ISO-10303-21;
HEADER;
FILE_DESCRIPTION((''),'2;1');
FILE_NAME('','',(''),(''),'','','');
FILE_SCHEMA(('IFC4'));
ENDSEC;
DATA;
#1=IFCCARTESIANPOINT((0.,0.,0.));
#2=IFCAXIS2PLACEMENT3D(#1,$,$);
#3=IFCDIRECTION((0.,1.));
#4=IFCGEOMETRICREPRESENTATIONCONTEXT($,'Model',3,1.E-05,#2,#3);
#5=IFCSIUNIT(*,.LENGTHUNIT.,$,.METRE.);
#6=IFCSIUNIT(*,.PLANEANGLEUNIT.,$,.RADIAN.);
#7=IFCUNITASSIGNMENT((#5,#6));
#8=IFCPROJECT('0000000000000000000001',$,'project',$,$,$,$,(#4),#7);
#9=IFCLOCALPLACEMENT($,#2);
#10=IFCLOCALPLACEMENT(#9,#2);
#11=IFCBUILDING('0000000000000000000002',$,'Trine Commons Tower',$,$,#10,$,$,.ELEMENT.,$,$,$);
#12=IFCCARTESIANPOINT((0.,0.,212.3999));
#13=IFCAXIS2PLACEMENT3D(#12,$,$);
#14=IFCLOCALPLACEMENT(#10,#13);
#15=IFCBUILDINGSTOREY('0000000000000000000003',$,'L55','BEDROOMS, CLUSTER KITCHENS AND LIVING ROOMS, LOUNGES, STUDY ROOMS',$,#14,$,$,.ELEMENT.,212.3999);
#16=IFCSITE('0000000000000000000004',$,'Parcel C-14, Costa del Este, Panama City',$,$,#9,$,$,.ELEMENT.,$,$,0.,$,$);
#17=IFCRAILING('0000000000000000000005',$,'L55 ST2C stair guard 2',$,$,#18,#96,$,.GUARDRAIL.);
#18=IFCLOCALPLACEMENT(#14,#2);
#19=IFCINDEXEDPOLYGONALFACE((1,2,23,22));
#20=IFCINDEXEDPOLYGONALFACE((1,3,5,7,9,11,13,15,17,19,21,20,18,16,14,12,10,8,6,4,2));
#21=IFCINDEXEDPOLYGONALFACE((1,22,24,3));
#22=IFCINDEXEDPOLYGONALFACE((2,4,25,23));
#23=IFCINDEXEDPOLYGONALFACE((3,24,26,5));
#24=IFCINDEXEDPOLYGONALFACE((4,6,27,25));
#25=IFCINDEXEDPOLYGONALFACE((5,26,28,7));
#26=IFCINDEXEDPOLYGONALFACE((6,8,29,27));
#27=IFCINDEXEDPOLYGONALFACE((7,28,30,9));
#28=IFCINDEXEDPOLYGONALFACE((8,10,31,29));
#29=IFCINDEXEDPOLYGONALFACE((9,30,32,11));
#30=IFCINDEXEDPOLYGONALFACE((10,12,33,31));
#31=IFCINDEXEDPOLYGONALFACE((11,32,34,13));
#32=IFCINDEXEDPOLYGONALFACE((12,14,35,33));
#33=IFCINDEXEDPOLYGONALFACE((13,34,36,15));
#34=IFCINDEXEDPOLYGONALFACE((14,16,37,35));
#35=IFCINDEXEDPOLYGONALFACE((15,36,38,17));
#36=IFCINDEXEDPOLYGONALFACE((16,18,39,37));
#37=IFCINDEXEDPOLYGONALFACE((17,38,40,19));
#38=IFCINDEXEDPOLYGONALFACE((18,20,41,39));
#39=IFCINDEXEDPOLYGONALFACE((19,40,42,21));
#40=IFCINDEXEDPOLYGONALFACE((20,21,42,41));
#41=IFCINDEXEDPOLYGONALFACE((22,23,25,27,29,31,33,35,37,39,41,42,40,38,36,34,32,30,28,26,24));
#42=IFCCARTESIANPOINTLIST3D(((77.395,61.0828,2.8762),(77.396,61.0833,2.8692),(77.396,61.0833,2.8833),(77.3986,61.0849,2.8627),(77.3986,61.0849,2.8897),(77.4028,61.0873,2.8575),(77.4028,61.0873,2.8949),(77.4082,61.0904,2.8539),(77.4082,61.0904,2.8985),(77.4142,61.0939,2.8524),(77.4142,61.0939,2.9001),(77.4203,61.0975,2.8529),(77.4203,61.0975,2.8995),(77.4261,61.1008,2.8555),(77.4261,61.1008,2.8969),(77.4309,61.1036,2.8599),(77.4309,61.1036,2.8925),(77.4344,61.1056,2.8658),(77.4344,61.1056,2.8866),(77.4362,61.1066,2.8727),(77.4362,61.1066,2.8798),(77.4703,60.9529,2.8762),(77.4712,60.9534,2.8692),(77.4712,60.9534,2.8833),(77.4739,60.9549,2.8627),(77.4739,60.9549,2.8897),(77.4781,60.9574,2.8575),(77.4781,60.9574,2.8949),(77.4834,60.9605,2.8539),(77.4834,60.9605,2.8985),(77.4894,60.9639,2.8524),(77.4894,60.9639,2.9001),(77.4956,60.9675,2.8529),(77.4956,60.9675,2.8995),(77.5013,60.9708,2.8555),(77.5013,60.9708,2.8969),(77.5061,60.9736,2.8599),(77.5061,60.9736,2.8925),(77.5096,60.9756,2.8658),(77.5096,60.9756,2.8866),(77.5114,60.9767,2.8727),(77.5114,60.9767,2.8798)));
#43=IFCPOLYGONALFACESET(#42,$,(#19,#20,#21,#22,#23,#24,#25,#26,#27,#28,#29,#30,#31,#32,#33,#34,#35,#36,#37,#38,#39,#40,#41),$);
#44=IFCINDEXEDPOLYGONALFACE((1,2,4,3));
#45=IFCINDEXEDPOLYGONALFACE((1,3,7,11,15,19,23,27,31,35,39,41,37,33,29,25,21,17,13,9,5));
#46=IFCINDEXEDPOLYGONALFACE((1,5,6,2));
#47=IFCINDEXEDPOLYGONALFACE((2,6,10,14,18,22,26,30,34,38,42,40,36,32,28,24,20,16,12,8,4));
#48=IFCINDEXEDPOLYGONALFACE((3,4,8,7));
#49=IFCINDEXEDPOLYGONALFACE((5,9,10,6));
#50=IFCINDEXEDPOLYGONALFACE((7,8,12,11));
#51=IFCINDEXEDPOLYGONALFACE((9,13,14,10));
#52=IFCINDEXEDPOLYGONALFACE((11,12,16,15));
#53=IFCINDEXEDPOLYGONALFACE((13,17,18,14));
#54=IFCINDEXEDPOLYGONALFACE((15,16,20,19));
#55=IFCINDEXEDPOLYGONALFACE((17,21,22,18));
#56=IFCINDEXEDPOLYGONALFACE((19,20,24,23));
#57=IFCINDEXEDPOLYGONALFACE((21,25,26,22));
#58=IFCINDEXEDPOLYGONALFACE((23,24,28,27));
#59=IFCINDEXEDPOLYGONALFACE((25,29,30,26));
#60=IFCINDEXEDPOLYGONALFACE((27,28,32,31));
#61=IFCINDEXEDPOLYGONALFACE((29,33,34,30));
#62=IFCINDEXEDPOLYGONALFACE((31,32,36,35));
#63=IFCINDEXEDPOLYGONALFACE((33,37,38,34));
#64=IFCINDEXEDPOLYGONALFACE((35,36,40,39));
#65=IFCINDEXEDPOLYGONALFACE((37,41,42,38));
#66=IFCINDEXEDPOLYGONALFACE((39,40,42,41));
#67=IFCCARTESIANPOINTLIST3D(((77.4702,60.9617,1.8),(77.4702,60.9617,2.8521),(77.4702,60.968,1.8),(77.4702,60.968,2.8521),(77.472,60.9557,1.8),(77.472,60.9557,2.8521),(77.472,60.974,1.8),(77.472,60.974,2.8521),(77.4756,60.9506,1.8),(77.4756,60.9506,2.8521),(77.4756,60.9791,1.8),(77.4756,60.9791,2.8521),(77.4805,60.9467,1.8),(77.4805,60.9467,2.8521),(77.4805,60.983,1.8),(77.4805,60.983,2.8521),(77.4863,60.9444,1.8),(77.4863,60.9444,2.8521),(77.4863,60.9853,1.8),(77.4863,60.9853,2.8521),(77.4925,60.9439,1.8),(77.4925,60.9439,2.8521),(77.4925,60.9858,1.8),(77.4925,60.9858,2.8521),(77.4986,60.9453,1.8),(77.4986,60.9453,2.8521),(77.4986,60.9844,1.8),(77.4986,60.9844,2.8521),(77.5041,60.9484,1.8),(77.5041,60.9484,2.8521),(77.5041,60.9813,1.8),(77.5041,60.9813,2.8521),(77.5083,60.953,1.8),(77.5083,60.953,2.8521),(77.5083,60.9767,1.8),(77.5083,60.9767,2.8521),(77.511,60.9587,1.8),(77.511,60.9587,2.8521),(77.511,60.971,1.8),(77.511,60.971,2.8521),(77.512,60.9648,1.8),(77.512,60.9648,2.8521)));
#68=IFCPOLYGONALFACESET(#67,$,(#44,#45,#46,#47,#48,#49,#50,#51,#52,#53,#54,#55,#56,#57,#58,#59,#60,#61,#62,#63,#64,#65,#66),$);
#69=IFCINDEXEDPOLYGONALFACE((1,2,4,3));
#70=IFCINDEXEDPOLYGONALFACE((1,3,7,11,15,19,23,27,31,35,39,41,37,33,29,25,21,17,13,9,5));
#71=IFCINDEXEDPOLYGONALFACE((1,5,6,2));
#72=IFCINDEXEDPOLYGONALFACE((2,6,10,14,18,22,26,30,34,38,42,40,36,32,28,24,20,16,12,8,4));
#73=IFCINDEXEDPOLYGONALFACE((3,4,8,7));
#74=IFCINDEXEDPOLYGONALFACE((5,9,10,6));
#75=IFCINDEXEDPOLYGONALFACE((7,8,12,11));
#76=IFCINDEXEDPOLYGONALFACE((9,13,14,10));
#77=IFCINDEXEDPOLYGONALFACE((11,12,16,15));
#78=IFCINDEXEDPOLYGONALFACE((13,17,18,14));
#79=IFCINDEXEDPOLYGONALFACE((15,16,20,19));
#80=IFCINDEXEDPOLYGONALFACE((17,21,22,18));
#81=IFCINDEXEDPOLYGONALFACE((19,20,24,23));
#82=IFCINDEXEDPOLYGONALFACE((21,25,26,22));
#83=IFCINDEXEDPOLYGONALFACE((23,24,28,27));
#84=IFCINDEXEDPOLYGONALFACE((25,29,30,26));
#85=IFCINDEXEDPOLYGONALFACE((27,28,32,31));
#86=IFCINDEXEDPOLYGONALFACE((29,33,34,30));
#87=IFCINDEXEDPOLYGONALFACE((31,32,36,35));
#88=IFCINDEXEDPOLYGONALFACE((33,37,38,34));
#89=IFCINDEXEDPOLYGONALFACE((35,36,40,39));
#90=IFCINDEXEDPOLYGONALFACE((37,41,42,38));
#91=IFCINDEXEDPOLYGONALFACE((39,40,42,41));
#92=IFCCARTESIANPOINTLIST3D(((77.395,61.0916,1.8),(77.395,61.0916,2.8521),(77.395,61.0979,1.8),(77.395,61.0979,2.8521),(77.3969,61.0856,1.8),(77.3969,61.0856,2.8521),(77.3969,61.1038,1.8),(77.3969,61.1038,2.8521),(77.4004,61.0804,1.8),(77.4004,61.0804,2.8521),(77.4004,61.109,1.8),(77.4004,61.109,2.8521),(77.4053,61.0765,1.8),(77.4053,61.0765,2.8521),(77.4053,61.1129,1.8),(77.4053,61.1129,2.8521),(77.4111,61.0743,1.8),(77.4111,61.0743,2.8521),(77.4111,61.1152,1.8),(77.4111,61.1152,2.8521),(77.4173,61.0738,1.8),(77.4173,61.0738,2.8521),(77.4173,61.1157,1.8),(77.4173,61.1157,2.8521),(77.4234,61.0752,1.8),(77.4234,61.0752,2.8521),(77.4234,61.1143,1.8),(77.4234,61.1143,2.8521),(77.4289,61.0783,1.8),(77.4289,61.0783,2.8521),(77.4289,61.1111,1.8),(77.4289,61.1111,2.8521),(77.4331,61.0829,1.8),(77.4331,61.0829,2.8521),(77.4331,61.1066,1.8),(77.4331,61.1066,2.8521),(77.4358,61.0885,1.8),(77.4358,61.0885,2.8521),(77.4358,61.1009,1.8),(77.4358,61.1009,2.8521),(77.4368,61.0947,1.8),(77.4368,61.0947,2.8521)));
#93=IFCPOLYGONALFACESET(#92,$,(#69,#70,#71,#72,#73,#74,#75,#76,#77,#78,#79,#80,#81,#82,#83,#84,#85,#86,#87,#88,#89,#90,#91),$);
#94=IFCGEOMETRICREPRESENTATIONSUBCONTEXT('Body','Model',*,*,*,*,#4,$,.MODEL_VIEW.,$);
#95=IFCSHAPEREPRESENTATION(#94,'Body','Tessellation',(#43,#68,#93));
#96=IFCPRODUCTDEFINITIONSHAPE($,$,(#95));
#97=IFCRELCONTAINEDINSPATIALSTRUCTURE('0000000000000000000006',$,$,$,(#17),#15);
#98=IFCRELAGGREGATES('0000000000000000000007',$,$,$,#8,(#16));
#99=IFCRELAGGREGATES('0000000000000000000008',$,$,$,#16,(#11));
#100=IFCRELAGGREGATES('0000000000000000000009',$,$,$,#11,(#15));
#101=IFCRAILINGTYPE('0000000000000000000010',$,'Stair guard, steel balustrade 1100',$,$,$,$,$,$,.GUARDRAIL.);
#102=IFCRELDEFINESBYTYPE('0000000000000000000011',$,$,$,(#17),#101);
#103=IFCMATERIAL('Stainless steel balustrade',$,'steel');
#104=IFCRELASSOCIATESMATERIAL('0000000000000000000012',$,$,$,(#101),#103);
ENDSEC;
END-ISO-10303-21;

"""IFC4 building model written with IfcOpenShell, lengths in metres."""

from ifc_helpers import new_model, si_unit, direction, frame, origin, origin_2d, place, context, subcontext, project, spatial, circle, extrude, material, type_object, element, save


model = new_model("IFC4")

# Units and contexts
model_context = context("Model", 3, precision=1e-05, world=origin(), true_north=direction((0.0, 1.0)))
body_context = subcontext(model_context, "Body", "Model", "MODEL_VIEW")
ifc_project = project(units=[si_unit("LENGTHUNIT", "METRE"), si_unit("PLANEANGLEUNIT", "RADIAN")], contexts=[model_context])

# Site, building, storey
site_placement = place(None, origin())
site = spatial("IfcSite", under=ifc_project, at=site_placement, Name="Parcel C-14, Costa del Este, Panama City", CompositionType="ELEMENT", RefElevation=0.0)
building_placement = place(site_placement, origin())
building = spatial("IfcBuilding", under=site, at=building_placement, Name="Trine Commons Tower", CompositionType="ELEMENT")
storey_placement = place(building_placement, frame((0.0, 0.0, 212.3999)))
storey = spatial("IfcBuildingStorey", under=building, at=storey_placement, Name="L55", Description="BEDROOMS, CLUSTER KITCHENS AND LIVING ROOMS, LOUNGES, STUDY ROOMS", CompositionType="ELEMENT", Elevation=212.3999)

# Railing
ifc_material_1 = material(Name="Stainless steel balustrade", Category="steel")
railing_type_1 = type_object("IfcRailingType", Name="Stair guard, steel balustrade 1100", PredefinedType="GUARDRAIL", material=ifc_material_1)
railing_1_placement = place(storey_placement, frame((77.491, 60.9648, 1.8)))
element("IfcRailing", 1, at=railing_1_placement, inside=storey, type_object=railing_type_1, Name="L55 ST2C stair guard 2", PredefinedType="GUARDRAIL", context=body_context, shape_type="SweptSolid", body=[
    extrude(circle(Radius=0.0239, at=origin_2d()), frame((0.0, 0.0, 1.0762), z_axis=(-0.501036, 0.865426, 0.0), x_axis=(-0.865426, -0.501036, 0.0)), (0.0, 0.0, 1.0), 0.1501),
    extrude(circle(Radius=0.021, at=origin_2d()), origin(), (0.0, 0.0, 1.0), 1.052),
    extrude(circle(Radius=0.021, at=origin_2d()), frame((-0.0752, 0.1299, 0.0)), (0.0, 0.0, 1.0), 1.052),
])

save(model, "model.ifc")
